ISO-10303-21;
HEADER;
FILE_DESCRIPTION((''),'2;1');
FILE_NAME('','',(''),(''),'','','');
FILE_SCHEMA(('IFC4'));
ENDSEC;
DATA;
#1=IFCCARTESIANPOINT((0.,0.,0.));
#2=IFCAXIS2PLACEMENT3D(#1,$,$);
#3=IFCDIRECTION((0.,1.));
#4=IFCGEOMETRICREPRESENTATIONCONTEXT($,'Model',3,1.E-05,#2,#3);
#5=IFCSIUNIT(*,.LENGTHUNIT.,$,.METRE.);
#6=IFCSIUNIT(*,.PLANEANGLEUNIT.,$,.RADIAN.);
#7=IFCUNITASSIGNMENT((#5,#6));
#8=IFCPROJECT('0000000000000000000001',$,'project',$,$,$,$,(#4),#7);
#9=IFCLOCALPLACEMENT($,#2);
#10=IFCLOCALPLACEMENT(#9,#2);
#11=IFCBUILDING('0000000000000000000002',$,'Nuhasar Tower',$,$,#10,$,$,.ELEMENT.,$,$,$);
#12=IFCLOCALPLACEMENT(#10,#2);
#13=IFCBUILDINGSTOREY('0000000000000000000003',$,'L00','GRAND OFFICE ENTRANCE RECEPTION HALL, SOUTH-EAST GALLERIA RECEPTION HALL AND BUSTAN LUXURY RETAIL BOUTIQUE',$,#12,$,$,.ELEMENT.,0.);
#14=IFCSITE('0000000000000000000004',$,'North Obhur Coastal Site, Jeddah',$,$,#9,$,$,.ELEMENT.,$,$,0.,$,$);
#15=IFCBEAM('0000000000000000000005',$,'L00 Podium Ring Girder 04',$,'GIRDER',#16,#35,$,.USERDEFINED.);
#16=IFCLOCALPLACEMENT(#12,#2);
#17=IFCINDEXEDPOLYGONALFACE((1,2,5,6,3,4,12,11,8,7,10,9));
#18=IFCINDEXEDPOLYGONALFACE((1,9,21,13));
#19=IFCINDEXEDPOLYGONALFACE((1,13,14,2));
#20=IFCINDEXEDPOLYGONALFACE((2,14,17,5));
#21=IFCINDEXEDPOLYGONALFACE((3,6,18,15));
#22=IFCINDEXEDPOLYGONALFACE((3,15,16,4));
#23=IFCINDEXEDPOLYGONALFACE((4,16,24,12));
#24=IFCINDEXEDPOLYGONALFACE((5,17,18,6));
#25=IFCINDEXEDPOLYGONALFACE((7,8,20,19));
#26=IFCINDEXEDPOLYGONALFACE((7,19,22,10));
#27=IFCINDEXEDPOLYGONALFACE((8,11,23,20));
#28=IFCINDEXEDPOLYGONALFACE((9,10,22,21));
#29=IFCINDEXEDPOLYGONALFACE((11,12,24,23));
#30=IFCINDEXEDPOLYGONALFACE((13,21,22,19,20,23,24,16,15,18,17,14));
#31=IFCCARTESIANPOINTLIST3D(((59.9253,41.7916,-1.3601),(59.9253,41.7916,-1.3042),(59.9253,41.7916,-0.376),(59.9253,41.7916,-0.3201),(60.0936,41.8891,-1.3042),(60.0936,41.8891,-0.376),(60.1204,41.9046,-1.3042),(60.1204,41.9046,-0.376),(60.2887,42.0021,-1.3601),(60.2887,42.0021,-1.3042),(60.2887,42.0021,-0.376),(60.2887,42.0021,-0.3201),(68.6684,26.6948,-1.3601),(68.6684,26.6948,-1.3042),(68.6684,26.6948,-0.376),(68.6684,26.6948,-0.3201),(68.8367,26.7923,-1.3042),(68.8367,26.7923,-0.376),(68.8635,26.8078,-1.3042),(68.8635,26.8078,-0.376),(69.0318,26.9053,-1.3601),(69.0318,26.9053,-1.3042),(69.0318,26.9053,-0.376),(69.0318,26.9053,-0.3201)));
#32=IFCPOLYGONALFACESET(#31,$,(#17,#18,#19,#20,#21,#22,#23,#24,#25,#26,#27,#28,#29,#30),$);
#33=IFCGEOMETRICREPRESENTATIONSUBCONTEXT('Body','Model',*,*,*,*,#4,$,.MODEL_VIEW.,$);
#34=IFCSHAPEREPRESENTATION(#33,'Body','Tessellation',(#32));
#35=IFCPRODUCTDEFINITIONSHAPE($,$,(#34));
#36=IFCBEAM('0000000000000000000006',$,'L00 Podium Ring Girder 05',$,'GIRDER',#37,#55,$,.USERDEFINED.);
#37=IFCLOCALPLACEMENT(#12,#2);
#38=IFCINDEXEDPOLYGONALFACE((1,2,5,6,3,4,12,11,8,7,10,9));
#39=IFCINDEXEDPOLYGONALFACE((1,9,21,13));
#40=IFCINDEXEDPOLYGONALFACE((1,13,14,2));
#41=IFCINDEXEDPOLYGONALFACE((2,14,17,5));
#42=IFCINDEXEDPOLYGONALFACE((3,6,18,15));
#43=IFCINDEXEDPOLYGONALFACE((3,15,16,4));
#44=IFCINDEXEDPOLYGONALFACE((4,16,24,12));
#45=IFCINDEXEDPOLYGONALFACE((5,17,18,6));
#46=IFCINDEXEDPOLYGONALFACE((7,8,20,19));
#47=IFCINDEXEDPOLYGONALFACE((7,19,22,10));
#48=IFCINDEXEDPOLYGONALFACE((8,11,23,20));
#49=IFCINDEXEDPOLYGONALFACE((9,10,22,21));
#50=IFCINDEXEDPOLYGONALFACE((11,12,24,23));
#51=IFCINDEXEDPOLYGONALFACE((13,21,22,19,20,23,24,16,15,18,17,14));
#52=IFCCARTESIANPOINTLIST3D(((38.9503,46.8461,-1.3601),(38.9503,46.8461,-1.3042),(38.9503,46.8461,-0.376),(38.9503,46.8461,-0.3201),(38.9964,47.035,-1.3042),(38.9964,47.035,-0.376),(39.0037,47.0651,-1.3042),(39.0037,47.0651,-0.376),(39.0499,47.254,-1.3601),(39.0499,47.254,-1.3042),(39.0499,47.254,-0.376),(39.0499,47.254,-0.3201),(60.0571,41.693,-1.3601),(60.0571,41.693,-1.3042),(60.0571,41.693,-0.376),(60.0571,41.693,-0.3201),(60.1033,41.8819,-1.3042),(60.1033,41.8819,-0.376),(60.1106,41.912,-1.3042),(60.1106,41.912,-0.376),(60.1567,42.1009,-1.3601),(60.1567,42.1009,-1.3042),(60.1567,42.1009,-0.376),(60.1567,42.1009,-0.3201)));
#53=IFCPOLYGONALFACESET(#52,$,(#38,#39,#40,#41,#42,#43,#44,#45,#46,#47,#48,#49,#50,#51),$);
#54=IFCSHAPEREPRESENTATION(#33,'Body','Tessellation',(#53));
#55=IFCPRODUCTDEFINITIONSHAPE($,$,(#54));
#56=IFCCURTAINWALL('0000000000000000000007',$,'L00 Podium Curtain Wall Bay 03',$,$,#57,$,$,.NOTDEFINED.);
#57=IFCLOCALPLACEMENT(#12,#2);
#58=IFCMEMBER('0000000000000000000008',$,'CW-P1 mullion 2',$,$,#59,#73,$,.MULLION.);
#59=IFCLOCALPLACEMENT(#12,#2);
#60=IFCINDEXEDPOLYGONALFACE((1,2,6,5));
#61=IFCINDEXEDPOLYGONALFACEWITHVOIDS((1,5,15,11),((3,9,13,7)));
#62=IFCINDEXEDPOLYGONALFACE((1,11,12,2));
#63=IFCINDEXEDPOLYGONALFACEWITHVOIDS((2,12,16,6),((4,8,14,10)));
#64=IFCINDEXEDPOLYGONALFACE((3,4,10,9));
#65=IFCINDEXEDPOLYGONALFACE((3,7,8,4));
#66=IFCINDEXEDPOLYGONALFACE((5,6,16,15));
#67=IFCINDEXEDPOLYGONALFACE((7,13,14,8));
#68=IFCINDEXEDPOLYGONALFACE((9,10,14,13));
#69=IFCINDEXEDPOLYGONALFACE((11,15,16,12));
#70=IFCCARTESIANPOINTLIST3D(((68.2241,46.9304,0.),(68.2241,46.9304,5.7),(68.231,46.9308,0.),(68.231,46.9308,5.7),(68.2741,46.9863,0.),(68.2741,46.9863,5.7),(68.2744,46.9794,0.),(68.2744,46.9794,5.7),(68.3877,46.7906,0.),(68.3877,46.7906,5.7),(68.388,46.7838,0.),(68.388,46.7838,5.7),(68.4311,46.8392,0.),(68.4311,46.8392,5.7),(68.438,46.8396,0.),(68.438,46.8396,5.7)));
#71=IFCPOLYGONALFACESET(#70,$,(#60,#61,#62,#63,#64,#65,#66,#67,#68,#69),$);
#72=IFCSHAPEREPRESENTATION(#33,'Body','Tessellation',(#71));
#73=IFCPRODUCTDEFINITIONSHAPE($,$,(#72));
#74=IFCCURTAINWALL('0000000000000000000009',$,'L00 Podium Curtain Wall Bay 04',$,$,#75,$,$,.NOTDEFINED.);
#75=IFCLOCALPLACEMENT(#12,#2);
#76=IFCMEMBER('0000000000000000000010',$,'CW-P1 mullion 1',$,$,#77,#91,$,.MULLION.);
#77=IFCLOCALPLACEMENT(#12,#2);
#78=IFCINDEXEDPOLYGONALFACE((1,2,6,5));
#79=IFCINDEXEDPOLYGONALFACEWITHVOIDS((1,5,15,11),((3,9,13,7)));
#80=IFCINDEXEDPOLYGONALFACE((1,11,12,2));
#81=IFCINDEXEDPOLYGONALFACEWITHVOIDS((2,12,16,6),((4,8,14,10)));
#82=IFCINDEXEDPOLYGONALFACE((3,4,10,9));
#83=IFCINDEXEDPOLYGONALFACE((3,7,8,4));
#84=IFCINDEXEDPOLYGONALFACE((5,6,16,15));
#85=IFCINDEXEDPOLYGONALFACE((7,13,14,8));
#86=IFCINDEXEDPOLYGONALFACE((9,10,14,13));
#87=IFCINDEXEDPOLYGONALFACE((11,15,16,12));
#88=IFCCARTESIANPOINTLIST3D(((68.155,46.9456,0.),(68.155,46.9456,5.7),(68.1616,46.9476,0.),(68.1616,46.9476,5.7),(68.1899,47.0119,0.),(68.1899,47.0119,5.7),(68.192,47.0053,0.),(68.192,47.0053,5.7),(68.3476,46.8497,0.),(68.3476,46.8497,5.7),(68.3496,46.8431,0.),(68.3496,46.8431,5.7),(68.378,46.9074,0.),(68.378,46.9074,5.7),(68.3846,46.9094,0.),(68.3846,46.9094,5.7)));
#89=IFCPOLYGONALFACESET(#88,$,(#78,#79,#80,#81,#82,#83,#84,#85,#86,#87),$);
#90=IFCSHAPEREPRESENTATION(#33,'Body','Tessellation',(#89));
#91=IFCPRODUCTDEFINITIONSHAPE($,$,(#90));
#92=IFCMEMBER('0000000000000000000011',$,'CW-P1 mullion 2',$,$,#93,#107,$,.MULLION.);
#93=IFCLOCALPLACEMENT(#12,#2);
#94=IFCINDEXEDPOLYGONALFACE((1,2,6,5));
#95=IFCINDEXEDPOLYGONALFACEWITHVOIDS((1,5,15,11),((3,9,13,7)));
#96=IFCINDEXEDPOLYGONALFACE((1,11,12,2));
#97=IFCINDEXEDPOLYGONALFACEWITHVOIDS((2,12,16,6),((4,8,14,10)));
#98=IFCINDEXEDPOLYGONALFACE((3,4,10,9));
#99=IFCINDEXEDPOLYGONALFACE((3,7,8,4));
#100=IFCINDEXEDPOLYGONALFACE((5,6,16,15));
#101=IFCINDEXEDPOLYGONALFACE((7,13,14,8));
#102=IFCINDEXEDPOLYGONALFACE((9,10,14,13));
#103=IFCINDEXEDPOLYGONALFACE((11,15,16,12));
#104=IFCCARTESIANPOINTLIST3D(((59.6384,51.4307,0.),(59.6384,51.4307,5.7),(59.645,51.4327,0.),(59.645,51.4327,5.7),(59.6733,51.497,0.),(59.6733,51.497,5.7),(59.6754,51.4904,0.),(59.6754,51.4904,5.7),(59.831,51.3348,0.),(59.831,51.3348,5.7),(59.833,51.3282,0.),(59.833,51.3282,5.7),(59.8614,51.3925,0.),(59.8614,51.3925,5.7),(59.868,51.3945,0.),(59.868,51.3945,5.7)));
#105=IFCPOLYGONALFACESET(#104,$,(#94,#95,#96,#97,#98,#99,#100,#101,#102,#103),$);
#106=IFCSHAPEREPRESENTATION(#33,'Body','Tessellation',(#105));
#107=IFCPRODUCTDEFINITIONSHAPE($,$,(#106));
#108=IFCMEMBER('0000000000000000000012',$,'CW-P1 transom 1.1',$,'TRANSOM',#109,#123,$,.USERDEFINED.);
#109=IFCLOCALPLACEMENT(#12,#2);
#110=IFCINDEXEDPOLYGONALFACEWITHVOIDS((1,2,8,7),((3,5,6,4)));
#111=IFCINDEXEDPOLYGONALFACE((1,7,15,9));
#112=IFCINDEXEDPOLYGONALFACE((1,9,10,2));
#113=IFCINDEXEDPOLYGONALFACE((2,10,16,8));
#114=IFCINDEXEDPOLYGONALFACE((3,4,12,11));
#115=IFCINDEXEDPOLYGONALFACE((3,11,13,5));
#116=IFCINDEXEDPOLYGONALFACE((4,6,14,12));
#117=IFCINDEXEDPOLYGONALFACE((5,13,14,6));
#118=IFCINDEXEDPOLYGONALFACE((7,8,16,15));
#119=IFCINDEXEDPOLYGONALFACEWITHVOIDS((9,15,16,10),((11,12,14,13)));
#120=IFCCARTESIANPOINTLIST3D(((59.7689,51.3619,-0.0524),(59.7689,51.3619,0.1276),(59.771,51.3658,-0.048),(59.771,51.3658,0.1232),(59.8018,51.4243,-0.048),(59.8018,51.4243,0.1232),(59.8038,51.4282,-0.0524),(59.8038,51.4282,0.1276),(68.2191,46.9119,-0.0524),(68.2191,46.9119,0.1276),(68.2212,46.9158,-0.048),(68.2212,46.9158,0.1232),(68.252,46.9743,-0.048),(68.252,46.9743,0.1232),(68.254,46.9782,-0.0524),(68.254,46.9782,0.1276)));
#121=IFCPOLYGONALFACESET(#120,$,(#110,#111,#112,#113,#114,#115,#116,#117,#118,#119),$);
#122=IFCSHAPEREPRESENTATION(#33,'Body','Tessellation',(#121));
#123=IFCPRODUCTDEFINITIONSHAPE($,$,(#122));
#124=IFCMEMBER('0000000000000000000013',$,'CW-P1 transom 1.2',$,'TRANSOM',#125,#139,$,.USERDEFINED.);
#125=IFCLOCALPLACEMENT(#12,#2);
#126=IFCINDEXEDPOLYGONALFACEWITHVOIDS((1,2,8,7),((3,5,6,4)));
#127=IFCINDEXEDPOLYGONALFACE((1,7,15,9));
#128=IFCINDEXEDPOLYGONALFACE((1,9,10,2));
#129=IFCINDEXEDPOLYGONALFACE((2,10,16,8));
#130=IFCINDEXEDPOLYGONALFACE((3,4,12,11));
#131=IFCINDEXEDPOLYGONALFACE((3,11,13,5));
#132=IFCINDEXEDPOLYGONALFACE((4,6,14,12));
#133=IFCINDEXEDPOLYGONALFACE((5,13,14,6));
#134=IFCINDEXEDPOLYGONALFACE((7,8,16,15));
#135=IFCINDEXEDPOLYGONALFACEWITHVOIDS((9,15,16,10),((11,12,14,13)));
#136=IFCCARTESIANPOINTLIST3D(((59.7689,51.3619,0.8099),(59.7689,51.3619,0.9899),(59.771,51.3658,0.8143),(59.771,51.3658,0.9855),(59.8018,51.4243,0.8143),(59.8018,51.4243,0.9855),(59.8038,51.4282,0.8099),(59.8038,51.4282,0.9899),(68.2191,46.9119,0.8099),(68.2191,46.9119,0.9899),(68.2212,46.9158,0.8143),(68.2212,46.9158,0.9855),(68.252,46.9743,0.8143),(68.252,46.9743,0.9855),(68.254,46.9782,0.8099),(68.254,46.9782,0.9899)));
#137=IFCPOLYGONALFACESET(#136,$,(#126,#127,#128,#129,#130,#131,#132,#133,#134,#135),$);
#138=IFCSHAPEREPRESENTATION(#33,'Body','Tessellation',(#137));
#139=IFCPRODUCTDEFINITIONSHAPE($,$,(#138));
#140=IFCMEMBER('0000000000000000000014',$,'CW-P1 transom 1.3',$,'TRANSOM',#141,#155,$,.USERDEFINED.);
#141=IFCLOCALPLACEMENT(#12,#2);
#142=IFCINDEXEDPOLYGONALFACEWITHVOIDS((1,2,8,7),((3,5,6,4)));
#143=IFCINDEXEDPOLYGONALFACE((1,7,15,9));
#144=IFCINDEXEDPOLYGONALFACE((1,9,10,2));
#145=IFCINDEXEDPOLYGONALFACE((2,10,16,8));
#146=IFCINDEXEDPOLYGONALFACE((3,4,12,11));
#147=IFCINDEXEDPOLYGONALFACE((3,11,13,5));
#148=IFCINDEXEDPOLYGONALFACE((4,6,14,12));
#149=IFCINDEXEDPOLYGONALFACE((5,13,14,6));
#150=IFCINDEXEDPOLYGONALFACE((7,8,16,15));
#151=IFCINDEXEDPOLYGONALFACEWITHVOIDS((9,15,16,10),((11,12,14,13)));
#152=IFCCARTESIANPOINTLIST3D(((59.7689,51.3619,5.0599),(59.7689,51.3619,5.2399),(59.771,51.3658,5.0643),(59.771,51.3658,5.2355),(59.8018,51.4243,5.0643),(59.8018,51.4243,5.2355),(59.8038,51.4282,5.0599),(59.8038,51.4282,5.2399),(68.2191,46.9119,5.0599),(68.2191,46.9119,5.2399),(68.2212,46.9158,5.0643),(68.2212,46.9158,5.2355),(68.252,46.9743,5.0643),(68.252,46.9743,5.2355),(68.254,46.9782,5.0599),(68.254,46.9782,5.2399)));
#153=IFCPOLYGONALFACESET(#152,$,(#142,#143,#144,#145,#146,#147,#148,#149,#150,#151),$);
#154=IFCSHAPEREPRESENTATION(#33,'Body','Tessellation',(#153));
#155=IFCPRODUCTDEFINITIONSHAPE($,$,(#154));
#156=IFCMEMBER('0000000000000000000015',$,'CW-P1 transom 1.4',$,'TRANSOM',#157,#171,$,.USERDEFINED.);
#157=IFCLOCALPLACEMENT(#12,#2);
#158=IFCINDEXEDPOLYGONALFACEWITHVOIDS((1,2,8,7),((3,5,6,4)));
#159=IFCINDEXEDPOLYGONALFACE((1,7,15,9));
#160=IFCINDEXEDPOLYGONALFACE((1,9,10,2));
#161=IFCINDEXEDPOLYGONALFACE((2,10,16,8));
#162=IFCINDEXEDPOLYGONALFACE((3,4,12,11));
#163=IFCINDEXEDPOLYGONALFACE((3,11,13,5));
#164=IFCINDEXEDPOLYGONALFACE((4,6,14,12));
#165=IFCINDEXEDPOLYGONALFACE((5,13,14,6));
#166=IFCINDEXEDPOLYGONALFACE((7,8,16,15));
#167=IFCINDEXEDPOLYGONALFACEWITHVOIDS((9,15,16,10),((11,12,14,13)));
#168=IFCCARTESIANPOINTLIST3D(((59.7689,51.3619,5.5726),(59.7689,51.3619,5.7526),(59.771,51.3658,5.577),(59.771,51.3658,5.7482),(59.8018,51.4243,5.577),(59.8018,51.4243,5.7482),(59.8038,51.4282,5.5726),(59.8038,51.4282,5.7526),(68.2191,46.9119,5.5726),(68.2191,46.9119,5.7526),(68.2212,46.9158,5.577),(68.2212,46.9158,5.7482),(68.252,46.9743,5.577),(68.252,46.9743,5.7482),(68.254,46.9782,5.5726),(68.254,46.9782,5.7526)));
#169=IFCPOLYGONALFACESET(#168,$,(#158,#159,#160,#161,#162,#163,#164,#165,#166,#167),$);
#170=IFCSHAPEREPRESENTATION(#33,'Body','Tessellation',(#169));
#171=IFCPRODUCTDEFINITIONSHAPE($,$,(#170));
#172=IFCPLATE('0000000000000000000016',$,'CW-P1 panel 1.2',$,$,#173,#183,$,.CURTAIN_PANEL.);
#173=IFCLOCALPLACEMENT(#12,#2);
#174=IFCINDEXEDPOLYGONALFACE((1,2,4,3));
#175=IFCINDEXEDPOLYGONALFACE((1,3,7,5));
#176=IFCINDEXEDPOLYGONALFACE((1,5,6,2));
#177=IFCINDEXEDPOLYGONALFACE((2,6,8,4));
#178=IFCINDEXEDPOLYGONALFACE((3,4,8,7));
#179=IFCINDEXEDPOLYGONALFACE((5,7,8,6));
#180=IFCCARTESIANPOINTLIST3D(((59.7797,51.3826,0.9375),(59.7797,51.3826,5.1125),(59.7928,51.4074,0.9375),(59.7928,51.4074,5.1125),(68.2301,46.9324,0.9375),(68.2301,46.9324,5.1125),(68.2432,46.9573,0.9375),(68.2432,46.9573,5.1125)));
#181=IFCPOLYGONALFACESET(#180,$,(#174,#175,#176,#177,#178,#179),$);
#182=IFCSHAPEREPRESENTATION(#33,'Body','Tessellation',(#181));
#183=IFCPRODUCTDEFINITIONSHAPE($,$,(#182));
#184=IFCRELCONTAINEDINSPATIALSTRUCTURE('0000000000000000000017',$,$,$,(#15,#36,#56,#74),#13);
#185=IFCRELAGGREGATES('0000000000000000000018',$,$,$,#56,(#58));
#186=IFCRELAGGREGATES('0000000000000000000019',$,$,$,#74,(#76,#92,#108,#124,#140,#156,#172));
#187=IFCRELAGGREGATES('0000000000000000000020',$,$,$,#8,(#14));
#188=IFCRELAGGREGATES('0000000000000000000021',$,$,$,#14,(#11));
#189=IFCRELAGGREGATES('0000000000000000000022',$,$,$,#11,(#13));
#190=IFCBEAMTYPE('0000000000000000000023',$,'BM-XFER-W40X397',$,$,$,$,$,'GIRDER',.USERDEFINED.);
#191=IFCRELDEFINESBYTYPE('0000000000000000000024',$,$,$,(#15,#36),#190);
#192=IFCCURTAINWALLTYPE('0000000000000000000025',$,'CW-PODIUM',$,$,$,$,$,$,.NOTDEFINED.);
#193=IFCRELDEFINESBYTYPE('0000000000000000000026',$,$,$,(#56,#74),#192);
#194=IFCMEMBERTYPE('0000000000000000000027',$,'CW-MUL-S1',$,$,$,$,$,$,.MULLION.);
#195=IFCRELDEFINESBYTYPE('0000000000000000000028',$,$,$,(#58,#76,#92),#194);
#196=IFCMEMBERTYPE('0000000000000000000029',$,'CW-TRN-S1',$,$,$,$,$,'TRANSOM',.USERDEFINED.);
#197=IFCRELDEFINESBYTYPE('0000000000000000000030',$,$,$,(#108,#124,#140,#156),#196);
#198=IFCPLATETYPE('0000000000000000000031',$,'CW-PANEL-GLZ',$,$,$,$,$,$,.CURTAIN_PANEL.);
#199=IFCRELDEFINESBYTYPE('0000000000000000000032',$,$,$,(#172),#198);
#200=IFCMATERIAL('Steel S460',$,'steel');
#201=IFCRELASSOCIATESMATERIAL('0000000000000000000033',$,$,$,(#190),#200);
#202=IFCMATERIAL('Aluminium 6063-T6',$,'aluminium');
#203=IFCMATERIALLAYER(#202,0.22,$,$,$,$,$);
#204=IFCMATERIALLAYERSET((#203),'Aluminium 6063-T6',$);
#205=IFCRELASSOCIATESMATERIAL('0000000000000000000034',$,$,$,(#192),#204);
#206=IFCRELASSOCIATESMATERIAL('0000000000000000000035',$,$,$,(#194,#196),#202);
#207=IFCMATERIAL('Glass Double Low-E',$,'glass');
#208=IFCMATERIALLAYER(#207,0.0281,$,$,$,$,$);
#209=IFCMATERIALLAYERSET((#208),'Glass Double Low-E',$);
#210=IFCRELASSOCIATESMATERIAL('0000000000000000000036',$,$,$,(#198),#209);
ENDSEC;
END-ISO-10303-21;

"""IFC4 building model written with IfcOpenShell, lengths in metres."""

from ifc_helpers import new_model, si_unit, direction, frame, origin, origin_2d, place, context, subcontext, project, spatial, rectangle, hollow_rectangle, i_section, extrude, material, layer, layer_set, material_profile, profile_set, type_object, element, aggregate, save


model = new_model("IFC4")

# Units and contexts
model_context = context("Model", 3, precision=1e-05, world=origin(), true_north=direction((0.0, 1.0)))
body_context = subcontext(model_context, "Body", "Model", "MODEL_VIEW")
ifc_project = project(units=[si_unit("LENGTHUNIT", "METRE"), si_unit("PLANEANGLEUNIT", "RADIAN")], contexts=[model_context])

# Site, building, storey
site_placement = place(None, origin())
site = spatial("IfcSite", under=ifc_project, at=site_placement, Name="North Obhur Coastal Site, Jeddah", CompositionType="ELEMENT", RefElevation=0.0)
building_placement = place(site_placement, origin())
building = spatial("IfcBuilding", under=site, at=building_placement, Name="Nuhasar Tower", CompositionType="ELEMENT")
storey_placement = place(building_placement, origin())
storey = spatial("IfcBuildingStorey", under=building, at=storey_placement, Name="L00", Description="GRAND OFFICE ENTRANCE RECEPTION HALL, SOUTH-EAST GALLERIA RECEPTION HALL AND BUSTAN LUXURY RETAIL BOUTIQUE", CompositionType="ELEMENT", Elevation=0.0)

# Beams
ifc_material_1 = material(Name="Steel S460", Category="steel")
ifc_material_profile_1 = material_profile(ifc_material_1, i_section(OverallWidth=0.4199, OverallDepth=1.04, WebThickness=0.031, FlangeThickness=0.0559, at=origin_2d()), Name="W40X397")
ifc_profile_set_1 = profile_set([ifc_material_profile_1], Name="Steel S460")
beam_type_1 = type_object("IfcBeamType", Name="BM-XFER-W40X397", ElementType="GIRDER", PredefinedType="USERDEFINED", material=ifc_profile_set_1)
beam_1_placement = place(storey_placement, frame((68.8501, 26.8, -0.8401), z_axis=(-0.501158, 0.865356, 0.0), x_axis=(-0.865356, -0.501158, 0.0)))
element("IfcBeam", 1, at=beam_1_placement, inside=storey, type_object=beam_type_1, Name="L00 Podium Ring Girder 04", ObjectType="GIRDER", PredefinedType="USERDEFINED", context=body_context, shape_type="SweptSolid", body=[
    extrude(i_section(OverallWidth=0.4199, OverallDepth=1.04, WebThickness=0.031, FlangeThickness=0.0559, at=origin_2d()), origin(), (0.0, 0.0, 1.0), 17.4458),
])
beam_2_placement = place(storey_placement, frame((60.1069, 41.897, -0.8401), z_axis=(-0.971467, 0.237175, 0.0), x_axis=(-0.237175, -0.971467, 0.0)))
element("IfcBeam", 2, at=beam_2_placement, inside=storey, type_object=beam_type_1, Name="L00 Podium Ring Girder 05", ObjectType="GIRDER", PredefinedType="USERDEFINED", context=body_context, shape_type="SweptSolid", body=[
    extrude(i_section(OverallWidth=0.4199, OverallDepth=1.04, WebThickness=0.031, FlangeThickness=0.0559, at=origin_2d()), origin(), (0.0, 0.0, 1.0), 21.7268),
])

# Curtain wall, member
ifc_material_2 = material(Name="Aluminium 6063-T6", Category="aluminium")
ifc_layer_1 = layer(ifc_material_2, 0.22)
ifc_layer_set_1 = layer_set([ifc_layer_1], Name="Aluminium 6063-T6")
curtain_wall_type = type_object("IfcCurtainWallType", Name="CW-PODIUM", PredefinedType="NOTDEFINED", material=ifc_layer_set_1)
curtain_wall_1_placement = place(storey_placement, origin())
curtain_wall_1 = element("IfcCurtainWall", 3, at=curtain_wall_1_placement, inside=storey, type_object=curtain_wall_type, Name="L00 Podium Curtain Wall Bay 03", PredefinedType="NOTDEFINED")
ifc_material_profile_2 = material_profile(ifc_material_2, hollow_rectangle(XDim=0.075, YDim=0.22, WallThickness=0.0049, at=origin_2d()), Name="CWM-1")
ifc_profile_set_2 = profile_set([ifc_material_profile_2], Name="Aluminium 6063-T6")
member_type_1 = type_object("IfcMemberType", Name="CW-MUL-S1", PredefinedType="MULLION", material=ifc_profile_set_2)
member_1_placement = place(storey_placement, frame((68.3311, 46.885, 0.0), z_axis=(0.0, 0.0, 1.0), x_axis=(-0.666679, -0.745345, 0.0)))
member_1 = element("IfcMember", 4, at=member_1_placement, type_object=member_type_1, Name="CW-P1 mullion 2", PredefinedType="MULLION", context=body_context, shape_type="SweptSolid", body=[
    extrude(hollow_rectangle(XDim=0.075, YDim=0.22, WallThickness=0.0049, at=origin_2d()), origin(), (0.0, 0.0, 1.0), 5.7),
])
aggregate(curtain_wall_1, [member_1])

# Curtain wall, members, plate
curtain_wall_2_placement = place(storey_placement, origin())
curtain_wall_2 = element("IfcCurtainWall", 5, at=curtain_wall_2_placement, inside=storey, type_object=curtain_wall_type, Name="L00 Podium Curtain Wall Bay 04", PredefinedType="NOTDEFINED")
member_2_placement = place(storey_placement, frame((68.2698, 46.9275, 0.0), z_axis=(0.0, 0.0, 1.0), x_axis=(-0.465959, -0.884806, 0.0)))
member_2 = element("IfcMember", 6, at=member_2_placement, type_object=member_type_1, Name="CW-P1 mullion 1", PredefinedType="MULLION", context=body_context, shape_type="SweptSolid", body=[
    extrude(hollow_rectangle(XDim=0.075, YDim=0.22, WallThickness=0.0049, at=origin_2d()), origin(), (0.0, 0.0, 1.0), 5.7),
])
member_3_placement = place(storey_placement, frame((59.7532, 51.4126, 0.0), z_axis=(0.0, 0.0, 1.0), x_axis=(-0.465959, -0.884806, 0.0)))
member_3 = element("IfcMember", 7, at=member_3_placement, type_object=member_type_1, Name="CW-P1 mullion 2", PredefinedType="MULLION", context=body_context, shape_type="SweptSolid", body=[
    extrude(hollow_rectangle(XDim=0.075, YDim=0.22, WallThickness=0.0049, at=origin_2d()), origin(), (0.0, 0.0, 1.0), 5.7),
])
ifc_material_profile_3 = material_profile(ifc_material_2, hollow_rectangle(XDim=0.075, YDim=0.1799, WallThickness=0.0044, at=origin_2d()), Name="CWT-1")
ifc_profile_set_3 = profile_set([ifc_material_profile_3], Name="Aluminium 6063-T6")
member_type_2 = type_object("IfcMemberType", Name="CW-TRN-S1", ElementType="TRANSOM", PredefinedType="USERDEFINED", material=ifc_profile_set_3)
member_4_placement = place(storey_placement, frame((68.2366, 46.9451, 0.0376), z_axis=(-0.884811, 0.46595, 0.0), x_axis=(-0.46595, -0.884811, 0.0)))
member_4 = element("IfcMember", 8, at=member_4_placement, type_object=member_type_2, Name="CW-P1 transom 1.1", ObjectType="TRANSOM", PredefinedType="USERDEFINED", context=body_context, shape_type="SweptSolid", body=[
    extrude(hollow_rectangle(XDim=0.075, YDim=0.1799, WallThickness=0.0044, at=origin_2d()), origin(), (0.0, 0.0, 1.0), 9.5503),
])
member_5_placement = place(storey_placement, frame((68.2366, 46.9451, 0.8999), z_axis=(-0.884811, 0.46595, 0.0), x_axis=(-0.46595, -0.884811, 0.0)))
member_5 = element("IfcMember", 9, at=member_5_placement, type_object=member_type_2, Name="CW-P1 transom 1.2", ObjectType="TRANSOM", PredefinedType="USERDEFINED", context=body_context, shape_type="SweptSolid", body=[
    extrude(hollow_rectangle(XDim=0.075, YDim=0.1799, WallThickness=0.0044, at=origin_2d()), origin(), (0.0, 0.0, 1.0), 9.5503),
])
member_6_placement = place(storey_placement, frame((68.2366, 46.9451, 5.1499), z_axis=(-0.884811, 0.46595, 0.0), x_axis=(-0.46595, -0.884811, 0.0)))
member_6 = element("IfcMember", 10, at=member_6_placement, type_object=member_type_2, Name="CW-P1 transom 1.3", ObjectType="TRANSOM", PredefinedType="USERDEFINED", context=body_context, shape_type="SweptSolid", body=[
    extrude(hollow_rectangle(XDim=0.075, YDim=0.1799, WallThickness=0.0044, at=origin_2d()), origin(), (0.0, 0.0, 1.0), 9.5503),
])
member_7_placement = place(storey_placement, frame((68.2366, 46.9451, 5.6626), z_axis=(-0.884811, 0.46595, 0.0), x_axis=(-0.46595, -0.884811, 0.0)))
member_7 = element("IfcMember", 11, at=member_7_placement, type_object=member_type_2, Name="CW-P1 transom 1.4", ObjectType="TRANSOM", PredefinedType="USERDEFINED", context=body_context, shape_type="SweptSolid", body=[
    extrude(hollow_rectangle(XDim=0.075, YDim=0.1799, WallThickness=0.0044, at=origin_2d()), origin(), (0.0, 0.0, 1.0), 9.5503),
])
ifc_material_3 = material(Name="Glass Double Low-E", Category="glass")
ifc_layer_2 = layer(ifc_material_3, 0.0281)
ifc_layer_set_2 = layer_set([ifc_layer_2], Name="Glass Double Low-E")
plate_type_1 = type_object("IfcPlateType", Name="CW-PANEL-GLZ", PredefinedType="CURTAIN_PANEL", material=ifc_layer_set_2)
plate_1_placement = place(storey_placement, frame((64.0115, 49.1699, 0.9375), z_axis=(0.0, 0.0, 1.0), x_axis=(-0.884806, 0.465959, 0.0)))
plate_1 = element("IfcPlate", 12, at=plate_1_placement, type_object=plate_type_1, Name="CW-P1 panel 1.2", PredefinedType="CURTAIN_PANEL", context=body_context, shape_type="SweptSolid", body=[
    extrude(rectangle(XDim=9.5505, YDim=0.0281, at=origin_2d()), origin(), (0.0, 0.0, 1.0), 4.175),
])
aggregate(curtain_wall_2, [member_2, member_3, member_4, member_5, member_6, member_7, plate_1])

save(model, "model.ifc")
